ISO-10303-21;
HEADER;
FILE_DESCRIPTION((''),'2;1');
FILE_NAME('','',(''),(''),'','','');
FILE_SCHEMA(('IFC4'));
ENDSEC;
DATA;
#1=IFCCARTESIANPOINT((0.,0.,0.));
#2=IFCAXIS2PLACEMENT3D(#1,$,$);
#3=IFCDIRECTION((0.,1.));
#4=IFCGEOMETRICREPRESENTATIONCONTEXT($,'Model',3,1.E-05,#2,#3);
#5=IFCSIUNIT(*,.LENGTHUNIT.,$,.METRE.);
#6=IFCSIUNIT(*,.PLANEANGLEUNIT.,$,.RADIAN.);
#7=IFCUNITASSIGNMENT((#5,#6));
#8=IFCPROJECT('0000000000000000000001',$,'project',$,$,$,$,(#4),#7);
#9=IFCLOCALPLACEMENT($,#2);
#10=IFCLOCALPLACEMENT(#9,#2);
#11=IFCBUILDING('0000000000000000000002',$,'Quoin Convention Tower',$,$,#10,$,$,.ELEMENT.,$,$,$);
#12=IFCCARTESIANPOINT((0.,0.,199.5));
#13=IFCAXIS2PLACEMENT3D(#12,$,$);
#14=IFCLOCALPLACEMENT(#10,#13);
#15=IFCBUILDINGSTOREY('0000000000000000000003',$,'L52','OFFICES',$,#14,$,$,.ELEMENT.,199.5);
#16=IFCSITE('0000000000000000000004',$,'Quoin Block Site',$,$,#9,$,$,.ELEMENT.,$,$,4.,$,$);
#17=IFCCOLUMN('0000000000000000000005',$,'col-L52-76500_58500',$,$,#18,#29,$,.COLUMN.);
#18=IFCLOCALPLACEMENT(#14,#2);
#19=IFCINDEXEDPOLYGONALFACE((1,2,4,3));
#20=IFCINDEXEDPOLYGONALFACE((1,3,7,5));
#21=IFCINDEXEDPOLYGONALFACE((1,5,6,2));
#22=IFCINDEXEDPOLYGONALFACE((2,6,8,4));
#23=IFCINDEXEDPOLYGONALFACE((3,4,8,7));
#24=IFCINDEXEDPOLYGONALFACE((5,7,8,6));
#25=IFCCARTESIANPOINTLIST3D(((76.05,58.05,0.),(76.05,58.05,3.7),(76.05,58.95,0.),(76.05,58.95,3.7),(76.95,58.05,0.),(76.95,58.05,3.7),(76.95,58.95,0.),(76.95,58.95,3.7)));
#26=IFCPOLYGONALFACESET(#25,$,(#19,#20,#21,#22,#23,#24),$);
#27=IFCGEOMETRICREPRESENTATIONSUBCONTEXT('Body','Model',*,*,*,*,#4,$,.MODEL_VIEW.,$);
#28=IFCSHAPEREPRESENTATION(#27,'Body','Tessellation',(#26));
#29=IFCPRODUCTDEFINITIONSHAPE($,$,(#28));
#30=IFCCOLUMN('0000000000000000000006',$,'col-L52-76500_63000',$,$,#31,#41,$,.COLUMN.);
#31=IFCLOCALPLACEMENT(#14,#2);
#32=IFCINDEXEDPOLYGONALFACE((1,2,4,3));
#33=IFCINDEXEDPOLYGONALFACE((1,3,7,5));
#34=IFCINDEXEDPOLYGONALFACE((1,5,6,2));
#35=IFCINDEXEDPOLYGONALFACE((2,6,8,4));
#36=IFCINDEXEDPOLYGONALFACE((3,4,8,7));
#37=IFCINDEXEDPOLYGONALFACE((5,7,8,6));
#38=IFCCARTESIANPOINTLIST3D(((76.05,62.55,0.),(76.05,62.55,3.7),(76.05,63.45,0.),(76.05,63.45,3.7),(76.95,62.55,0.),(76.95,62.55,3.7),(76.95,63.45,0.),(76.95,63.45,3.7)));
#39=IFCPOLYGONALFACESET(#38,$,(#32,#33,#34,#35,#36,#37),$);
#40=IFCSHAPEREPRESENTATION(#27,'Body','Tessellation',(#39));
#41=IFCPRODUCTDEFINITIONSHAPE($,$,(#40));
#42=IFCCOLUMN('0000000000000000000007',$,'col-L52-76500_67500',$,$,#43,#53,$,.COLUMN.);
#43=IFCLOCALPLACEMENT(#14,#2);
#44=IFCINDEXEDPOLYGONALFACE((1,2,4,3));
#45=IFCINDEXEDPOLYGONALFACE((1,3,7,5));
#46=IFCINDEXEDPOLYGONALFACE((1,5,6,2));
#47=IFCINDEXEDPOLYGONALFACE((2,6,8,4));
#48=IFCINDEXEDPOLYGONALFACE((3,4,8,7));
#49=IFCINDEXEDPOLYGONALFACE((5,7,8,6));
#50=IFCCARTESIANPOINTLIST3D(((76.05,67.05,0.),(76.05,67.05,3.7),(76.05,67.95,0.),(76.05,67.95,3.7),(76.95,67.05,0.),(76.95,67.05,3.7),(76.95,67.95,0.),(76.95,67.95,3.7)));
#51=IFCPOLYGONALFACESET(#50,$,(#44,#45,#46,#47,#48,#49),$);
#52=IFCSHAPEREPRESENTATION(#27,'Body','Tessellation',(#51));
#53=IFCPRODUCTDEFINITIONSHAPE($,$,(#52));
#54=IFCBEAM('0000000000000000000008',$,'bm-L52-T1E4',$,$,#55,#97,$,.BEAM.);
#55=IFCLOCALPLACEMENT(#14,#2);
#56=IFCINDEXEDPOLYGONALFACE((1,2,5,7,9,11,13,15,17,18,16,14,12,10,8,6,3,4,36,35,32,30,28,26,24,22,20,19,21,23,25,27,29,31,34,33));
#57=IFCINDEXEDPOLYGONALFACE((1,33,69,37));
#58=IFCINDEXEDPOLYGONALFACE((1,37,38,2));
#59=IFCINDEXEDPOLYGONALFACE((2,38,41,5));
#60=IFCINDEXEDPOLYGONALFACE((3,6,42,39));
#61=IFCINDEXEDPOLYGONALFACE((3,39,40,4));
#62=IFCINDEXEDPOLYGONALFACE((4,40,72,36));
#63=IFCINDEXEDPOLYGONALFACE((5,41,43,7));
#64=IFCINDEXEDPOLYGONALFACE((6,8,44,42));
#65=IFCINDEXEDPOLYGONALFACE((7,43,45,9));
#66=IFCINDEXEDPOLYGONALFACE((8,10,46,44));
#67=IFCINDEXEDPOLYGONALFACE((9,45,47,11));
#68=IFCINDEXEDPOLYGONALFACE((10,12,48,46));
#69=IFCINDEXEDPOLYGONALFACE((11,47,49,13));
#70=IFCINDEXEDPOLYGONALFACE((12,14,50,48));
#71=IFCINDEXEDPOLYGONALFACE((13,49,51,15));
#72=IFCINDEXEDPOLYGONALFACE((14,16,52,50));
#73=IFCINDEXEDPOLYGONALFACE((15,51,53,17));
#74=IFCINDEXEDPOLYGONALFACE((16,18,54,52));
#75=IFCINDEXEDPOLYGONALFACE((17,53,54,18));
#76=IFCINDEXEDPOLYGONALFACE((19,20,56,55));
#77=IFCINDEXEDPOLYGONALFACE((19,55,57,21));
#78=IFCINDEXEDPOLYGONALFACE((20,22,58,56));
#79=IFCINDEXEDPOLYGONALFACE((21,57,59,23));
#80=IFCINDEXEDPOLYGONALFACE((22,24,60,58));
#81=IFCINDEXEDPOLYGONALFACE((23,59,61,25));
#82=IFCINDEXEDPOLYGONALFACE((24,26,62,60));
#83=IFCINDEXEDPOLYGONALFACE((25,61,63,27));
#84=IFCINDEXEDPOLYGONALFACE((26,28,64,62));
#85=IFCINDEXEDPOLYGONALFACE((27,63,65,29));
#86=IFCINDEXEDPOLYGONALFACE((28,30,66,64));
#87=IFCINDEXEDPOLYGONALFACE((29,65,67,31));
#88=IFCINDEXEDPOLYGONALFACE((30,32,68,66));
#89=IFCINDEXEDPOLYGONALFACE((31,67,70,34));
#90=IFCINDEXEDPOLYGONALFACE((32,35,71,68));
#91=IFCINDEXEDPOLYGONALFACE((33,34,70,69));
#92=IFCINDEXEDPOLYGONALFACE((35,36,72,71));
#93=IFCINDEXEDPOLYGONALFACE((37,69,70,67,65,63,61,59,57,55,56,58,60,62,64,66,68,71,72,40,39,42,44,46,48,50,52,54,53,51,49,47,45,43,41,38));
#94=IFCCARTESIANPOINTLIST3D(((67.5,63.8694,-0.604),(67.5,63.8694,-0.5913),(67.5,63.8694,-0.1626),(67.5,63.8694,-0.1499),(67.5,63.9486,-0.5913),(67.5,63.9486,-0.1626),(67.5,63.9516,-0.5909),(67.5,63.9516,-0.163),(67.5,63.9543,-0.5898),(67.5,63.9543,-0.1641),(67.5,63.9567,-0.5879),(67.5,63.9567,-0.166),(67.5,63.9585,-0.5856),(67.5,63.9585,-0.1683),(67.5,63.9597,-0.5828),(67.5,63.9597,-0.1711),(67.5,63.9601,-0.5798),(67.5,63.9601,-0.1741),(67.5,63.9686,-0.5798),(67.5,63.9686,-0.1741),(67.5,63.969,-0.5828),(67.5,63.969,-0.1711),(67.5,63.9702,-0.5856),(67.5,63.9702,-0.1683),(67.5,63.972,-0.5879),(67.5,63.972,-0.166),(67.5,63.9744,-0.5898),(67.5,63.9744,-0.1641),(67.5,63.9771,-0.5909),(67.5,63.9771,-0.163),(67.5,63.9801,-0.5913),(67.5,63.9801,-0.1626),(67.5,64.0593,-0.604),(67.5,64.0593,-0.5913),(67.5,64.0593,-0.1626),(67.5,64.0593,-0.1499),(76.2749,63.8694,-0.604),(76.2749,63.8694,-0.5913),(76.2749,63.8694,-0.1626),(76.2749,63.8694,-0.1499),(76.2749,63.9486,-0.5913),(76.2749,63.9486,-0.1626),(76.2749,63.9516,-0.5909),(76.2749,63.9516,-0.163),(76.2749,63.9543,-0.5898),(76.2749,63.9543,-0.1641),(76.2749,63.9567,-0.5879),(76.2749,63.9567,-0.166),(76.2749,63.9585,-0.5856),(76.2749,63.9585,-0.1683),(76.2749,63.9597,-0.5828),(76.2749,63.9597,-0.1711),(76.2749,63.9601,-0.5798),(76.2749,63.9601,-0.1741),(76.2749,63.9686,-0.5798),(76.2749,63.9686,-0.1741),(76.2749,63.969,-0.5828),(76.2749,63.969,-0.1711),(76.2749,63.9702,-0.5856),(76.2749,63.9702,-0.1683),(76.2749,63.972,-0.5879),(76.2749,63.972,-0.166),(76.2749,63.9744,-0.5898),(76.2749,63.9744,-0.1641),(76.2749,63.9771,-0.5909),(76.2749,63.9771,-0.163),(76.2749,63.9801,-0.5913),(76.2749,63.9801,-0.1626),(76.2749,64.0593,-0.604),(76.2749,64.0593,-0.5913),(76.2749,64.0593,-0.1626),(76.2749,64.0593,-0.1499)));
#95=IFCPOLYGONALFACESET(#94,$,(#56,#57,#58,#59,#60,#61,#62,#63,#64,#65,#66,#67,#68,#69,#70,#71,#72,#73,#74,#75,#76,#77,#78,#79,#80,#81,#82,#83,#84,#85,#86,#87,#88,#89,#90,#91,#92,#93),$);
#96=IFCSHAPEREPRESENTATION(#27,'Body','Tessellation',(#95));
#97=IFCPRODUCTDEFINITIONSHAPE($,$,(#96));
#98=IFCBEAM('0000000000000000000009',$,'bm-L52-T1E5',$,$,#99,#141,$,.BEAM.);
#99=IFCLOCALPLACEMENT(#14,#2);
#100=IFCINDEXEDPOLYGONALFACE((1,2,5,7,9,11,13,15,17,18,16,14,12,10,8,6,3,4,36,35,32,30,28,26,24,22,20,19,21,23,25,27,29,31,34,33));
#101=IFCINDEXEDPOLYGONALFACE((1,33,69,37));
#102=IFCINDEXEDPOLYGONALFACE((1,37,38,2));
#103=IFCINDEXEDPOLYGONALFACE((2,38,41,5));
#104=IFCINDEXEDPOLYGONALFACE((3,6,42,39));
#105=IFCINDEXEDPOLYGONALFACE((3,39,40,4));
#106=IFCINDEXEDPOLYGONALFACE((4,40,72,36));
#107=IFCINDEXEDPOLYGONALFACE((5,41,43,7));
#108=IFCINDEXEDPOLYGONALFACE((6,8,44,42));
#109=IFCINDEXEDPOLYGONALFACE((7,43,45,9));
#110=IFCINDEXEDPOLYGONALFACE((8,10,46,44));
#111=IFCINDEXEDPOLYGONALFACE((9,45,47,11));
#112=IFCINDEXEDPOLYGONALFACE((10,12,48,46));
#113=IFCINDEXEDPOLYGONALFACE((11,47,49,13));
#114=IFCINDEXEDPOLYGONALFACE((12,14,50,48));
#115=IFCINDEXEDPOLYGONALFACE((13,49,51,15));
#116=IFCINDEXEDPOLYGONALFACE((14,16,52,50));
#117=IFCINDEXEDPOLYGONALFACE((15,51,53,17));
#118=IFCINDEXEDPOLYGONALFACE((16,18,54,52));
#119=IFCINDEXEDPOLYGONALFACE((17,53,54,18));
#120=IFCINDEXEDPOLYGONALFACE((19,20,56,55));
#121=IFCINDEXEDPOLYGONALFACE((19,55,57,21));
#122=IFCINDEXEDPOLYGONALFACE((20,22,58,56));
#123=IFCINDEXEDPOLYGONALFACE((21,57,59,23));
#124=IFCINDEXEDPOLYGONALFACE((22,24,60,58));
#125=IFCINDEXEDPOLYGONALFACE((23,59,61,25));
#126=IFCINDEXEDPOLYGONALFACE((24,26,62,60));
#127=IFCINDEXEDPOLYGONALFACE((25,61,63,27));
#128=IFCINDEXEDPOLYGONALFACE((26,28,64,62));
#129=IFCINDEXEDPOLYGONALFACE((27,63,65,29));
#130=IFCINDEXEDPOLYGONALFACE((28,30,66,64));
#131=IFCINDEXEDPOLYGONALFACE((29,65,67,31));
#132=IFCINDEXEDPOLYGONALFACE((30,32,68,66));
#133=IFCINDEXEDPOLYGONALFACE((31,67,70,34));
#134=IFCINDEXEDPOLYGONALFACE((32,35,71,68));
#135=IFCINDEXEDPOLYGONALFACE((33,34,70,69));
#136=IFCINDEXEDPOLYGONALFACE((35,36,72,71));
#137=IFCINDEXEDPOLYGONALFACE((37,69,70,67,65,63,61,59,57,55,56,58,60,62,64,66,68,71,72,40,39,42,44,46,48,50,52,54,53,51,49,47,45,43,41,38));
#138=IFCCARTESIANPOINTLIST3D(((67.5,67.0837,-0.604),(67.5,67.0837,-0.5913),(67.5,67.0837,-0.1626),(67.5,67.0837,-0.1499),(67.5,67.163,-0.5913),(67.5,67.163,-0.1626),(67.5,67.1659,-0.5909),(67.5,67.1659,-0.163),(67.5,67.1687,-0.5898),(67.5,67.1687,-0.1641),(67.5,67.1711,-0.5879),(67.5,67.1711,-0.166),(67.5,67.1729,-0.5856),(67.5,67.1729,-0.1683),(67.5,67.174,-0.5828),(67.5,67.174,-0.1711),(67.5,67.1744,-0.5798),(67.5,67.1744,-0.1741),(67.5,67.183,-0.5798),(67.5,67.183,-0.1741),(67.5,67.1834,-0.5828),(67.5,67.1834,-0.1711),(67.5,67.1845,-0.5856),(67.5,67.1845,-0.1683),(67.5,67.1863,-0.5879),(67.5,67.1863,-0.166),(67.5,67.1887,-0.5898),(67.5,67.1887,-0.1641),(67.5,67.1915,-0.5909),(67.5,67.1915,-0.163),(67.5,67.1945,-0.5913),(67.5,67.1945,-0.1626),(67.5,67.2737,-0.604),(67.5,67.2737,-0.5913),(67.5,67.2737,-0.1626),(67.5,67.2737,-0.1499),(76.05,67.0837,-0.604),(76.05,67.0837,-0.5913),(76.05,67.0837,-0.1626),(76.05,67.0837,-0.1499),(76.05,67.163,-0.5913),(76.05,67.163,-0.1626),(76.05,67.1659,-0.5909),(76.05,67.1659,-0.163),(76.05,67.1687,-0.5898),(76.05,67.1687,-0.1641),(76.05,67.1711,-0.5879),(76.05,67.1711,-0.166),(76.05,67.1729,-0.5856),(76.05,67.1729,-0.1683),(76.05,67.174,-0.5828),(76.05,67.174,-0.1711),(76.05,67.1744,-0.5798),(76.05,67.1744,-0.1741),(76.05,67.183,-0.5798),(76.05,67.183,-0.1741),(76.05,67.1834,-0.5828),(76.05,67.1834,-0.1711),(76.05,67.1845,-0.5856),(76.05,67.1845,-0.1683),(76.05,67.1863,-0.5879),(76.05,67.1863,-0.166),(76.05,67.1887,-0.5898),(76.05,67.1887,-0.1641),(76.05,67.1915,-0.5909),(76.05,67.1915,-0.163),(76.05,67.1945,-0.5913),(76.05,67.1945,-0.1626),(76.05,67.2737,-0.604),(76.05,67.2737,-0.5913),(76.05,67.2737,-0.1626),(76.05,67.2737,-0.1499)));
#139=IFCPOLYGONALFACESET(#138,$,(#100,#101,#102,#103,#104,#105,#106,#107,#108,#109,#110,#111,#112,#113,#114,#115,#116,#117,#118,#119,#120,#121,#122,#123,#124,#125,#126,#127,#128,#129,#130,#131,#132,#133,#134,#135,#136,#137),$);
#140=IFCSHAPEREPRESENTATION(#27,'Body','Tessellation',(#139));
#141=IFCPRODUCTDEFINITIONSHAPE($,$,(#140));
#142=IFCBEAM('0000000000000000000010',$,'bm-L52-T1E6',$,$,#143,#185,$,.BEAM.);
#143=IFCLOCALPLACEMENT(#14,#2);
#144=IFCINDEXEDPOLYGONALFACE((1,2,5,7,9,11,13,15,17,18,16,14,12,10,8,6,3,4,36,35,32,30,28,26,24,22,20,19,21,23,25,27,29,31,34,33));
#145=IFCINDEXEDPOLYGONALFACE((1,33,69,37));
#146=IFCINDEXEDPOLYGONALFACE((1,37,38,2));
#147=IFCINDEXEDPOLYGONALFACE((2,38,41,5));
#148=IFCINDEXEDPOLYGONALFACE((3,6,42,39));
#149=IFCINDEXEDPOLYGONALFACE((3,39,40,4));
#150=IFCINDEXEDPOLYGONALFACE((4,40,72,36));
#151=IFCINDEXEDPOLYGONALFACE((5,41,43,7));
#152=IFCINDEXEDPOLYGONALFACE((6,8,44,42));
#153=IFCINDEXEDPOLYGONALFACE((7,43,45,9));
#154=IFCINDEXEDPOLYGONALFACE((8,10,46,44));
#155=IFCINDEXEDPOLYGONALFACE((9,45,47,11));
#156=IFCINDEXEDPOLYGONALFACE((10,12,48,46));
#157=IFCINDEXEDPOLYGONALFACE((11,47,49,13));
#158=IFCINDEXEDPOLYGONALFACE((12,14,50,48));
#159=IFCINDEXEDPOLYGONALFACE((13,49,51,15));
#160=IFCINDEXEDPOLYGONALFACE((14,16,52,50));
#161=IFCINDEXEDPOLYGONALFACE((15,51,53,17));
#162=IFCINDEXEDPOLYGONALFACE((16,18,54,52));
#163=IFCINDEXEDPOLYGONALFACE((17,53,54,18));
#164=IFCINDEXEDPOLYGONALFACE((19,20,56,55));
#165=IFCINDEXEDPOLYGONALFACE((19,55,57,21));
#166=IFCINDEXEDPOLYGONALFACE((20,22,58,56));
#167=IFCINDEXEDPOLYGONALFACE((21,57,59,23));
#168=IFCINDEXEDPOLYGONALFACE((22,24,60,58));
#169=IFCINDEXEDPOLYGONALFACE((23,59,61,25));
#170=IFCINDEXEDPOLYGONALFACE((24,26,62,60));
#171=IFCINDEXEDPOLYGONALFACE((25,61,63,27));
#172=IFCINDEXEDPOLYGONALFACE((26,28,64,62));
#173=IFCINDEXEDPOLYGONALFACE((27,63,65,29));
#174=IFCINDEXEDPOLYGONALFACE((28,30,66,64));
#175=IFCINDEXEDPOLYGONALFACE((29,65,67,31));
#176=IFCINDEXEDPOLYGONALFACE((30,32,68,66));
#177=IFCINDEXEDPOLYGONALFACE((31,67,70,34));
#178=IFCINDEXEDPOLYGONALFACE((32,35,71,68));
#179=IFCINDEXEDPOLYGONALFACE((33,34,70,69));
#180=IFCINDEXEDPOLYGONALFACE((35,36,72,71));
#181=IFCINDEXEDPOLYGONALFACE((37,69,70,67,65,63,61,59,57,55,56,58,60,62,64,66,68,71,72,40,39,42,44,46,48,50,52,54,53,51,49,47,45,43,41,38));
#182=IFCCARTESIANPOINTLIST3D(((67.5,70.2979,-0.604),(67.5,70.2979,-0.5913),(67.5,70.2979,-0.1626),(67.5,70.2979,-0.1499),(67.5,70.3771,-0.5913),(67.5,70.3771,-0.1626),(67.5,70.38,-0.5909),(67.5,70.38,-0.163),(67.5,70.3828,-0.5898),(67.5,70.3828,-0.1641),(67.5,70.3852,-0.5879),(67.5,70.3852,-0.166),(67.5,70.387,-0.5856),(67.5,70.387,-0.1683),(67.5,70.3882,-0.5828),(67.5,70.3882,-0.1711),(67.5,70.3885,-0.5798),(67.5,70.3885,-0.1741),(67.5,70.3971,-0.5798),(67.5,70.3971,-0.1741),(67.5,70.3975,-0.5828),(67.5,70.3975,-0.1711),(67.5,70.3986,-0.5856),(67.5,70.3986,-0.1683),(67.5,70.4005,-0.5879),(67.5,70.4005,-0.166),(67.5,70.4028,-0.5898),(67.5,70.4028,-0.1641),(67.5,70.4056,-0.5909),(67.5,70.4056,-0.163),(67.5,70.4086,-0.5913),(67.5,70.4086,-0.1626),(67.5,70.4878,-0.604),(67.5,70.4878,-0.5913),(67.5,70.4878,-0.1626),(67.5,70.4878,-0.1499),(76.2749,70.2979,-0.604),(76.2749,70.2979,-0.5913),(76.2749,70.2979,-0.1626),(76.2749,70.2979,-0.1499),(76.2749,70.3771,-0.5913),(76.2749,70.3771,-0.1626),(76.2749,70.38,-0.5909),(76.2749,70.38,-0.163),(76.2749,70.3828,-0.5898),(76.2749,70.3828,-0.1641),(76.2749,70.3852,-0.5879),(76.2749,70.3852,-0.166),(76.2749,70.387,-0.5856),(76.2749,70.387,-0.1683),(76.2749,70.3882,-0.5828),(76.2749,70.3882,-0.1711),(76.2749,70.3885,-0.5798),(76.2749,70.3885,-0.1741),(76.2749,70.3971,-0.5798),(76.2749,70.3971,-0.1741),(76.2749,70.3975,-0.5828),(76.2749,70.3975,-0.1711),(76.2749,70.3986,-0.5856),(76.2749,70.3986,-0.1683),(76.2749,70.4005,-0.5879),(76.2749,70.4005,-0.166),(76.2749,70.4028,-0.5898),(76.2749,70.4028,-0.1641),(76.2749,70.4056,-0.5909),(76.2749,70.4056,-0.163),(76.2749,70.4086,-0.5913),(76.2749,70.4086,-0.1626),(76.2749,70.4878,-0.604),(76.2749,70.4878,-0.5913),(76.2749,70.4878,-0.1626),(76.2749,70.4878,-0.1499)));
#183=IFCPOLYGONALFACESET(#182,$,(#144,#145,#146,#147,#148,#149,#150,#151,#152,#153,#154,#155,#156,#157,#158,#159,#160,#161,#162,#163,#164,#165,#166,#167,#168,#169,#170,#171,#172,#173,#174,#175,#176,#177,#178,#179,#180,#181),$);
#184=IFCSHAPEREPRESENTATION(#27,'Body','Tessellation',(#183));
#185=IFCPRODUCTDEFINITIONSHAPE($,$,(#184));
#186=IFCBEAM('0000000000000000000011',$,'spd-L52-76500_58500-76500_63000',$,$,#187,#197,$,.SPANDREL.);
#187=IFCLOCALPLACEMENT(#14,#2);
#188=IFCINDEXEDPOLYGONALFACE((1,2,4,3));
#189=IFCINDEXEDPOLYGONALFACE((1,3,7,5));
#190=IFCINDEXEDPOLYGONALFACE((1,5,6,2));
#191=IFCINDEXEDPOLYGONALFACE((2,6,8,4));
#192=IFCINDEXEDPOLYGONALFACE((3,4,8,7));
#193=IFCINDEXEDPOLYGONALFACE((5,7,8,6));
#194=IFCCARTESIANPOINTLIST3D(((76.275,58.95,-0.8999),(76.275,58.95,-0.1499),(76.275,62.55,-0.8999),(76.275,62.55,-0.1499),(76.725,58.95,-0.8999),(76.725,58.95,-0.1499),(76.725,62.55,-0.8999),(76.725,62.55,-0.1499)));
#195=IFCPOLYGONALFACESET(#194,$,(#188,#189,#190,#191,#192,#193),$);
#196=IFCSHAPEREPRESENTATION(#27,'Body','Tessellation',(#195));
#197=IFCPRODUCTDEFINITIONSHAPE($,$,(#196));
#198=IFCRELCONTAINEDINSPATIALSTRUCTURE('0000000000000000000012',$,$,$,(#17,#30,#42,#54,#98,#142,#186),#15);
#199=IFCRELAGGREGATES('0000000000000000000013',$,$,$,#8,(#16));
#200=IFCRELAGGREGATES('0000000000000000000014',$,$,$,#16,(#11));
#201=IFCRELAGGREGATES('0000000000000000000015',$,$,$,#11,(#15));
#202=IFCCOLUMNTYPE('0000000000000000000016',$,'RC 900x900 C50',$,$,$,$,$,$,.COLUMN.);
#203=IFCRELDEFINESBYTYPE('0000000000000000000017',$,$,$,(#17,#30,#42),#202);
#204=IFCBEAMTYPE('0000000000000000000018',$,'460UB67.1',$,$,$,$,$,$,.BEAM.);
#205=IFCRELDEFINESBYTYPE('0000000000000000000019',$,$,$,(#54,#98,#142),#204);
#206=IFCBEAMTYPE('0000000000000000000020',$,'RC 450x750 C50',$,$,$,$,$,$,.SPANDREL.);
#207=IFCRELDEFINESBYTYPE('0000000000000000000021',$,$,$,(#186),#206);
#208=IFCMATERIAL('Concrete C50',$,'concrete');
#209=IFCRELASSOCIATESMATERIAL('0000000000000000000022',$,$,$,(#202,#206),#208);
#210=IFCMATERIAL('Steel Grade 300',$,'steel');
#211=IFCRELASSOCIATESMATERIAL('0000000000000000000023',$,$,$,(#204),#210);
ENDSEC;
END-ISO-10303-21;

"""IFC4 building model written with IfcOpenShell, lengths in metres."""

from ifc_helpers import new_model, si_unit, direction, frame, origin, origin_2d, place, context, subcontext, project, spatial, rectangle, i_section, extrude, material, material_profile, profile_set, type_object, element, save


model = new_model("IFC4")

# Units and contexts
model_context = context("Model", 3, precision=1e-05, world=origin(), true_north=direction((0.0, 1.0)))
body_context = subcontext(model_context, "Body", "Model", "MODEL_VIEW")
ifc_project = project(units=[si_unit("LENGTHUNIT", "METRE"), si_unit("PLANEANGLEUNIT", "RADIAN")], contexts=[model_context])

# Site, building, storey
site_placement = place(None, origin())
site = spatial("IfcSite", under=ifc_project, at=site_placement, Name="Quoin Block Site", CompositionType="ELEMENT", RefElevation=4.0)
building_placement = place(site_placement, origin())
building = spatial("IfcBuilding", under=site, at=building_placement, Name="Quoin Convention Tower", CompositionType="ELEMENT")
storey_placement = place(building_placement, frame((0.0, 0.0, 199.5)))
storey = spatial("IfcBuildingStorey", under=building, at=storey_placement, Name="L52", Description="OFFICES", CompositionType="ELEMENT", Elevation=199.5)

# Columns
ifc_material_1 = material(Name="Concrete C50", Category="concrete")
ifc_material_profile_1 = material_profile(ifc_material_1, rectangle(XDim=0.8999, YDim=0.8999, at=origin_2d()), Name="RC 900x900")
ifc_profile_set_1 = profile_set([ifc_material_profile_1], Name="Concrete C50")
column_type = type_object("IfcColumnType", Name="RC 900x900 C50", PredefinedType="COLUMN", material=ifc_profile_set_1)
for number, where, z_axis, x_axis, name in (
    (1, (76.5, 58.5, 0.0), (0.0, 0.0, 1.0), (1.0, 0.0, 0.0), "col-L52-76500_58500"),
    (2, (76.5, 63.0, 0.0), (0.0, 0.0, 1.0), (1.0, 0.0, 0.0), "col-L52-76500_63000"),
    (3, (76.5, 67.5, 0.0), (0.0, 0.0, 1.0), (1.0, 0.0, 0.0), "col-L52-76500_67500"),
):
    element("IfcColumn", number, at=place(storey_placement, frame(where, z_axis=z_axis, x_axis=x_axis)), inside=storey, type_object=column_type, Name=name, PredefinedType="COLUMN", context=body_context, shape_type="SweptSolid", body=[
        extrude(rectangle(XDim=0.8999, YDim=0.8999, at=origin_2d()), origin(), (0.0, 0.0, 1.0), 3.7),
    ])

# Beams
ifc_material_2 = material(Name="Steel Grade 300", Category="steel")
ifc_material_profile_2 = material_profile(ifc_material_2, i_section(OverallWidth=0.1899, OverallDepth=0.4541, WebThickness=0.0085, FlangeThickness=0.0127, FilletRadius=0.0115, at=origin_2d()), Name="460UB67.1")
ifc_profile_set_2 = profile_set([ifc_material_profile_2], Name="Steel Grade 300")
beam_type_1 = type_object("IfcBeamType", Name="460UB67.1", PredefinedType="BEAM", material=ifc_profile_set_2)
beam_1_placement = place(storey_placement, frame((67.5, 63.9644, -0.377), z_axis=(1.0, 0.0, 0.0), x_axis=(0.0, 1.0, 0.0)))
element("IfcBeam", 4, at=beam_1_placement, inside=storey, type_object=beam_type_1, Name="bm-L52-T1E4", PredefinedType="BEAM", context=body_context, shape_type="SweptSolid", body=[
    extrude(i_section(OverallWidth=0.1899, OverallDepth=0.4541, WebThickness=0.0085, FlangeThickness=0.0127, FilletRadius=0.0115, at=origin_2d()), origin(), (0.0, 0.0, 1.0), 8.7749),
])
beam_2_placement = place(storey_placement, frame((67.5, 67.1787, -0.377), z_axis=(1.0, 0.0, 0.0), x_axis=(0.0, 1.0, 0.0)))
element("IfcBeam", 5, at=beam_2_placement, inside=storey, type_object=beam_type_1, Name="bm-L52-T1E5", PredefinedType="BEAM", context=body_context, shape_type="SweptSolid", body=[
    extrude(i_section(OverallWidth=0.1899, OverallDepth=0.4541, WebThickness=0.0085, FlangeThickness=0.0127, FilletRadius=0.0115, at=origin_2d()), origin(), (0.0, 0.0, 1.0), 8.55),
])
beam_3_placement = place(storey_placement, frame((67.5, 70.3928, -0.377), z_axis=(1.0, 0.0, 0.0), x_axis=(0.0, 1.0, 0.0)))
element("IfcBeam", 6, at=beam_3_placement, inside=storey, type_object=beam_type_1, Name="bm-L52-T1E6", PredefinedType="BEAM", context=body_context, shape_type="SweptSolid", body=[
    extrude(i_section(OverallWidth=0.1899, OverallDepth=0.4541, WebThickness=0.0085, FlangeThickness=0.0127, FilletRadius=0.0115, at=origin_2d()), origin(), (0.0, 0.0, 1.0), 8.7749),
])
ifc_material_profile_3 = material_profile(ifc_material_1, rectangle(XDim=0.45, YDim=0.75, at=origin_2d()), Name="RC 450x750")
ifc_profile_set_3 = profile_set([ifc_material_profile_3], Name="Concrete C50")
beam_type_2 = type_object("IfcBeamType", Name="RC 450x750 C50", PredefinedType="SPANDREL", material=ifc_profile_set_3)
for number, where, z_axis, x_axis, name in (
    (7, (76.5, 58.95, -0.5249), (0.0, 1.0, 0.0), (-1.0, 0.0, 0.0), "spd-L52-76500_58500-76500_63000"),
):
    element("IfcBeam", number, at=place(storey_placement, frame(where, z_axis=z_axis, x_axis=x_axis)), inside=storey, type_object=beam_type_2, Name=name, PredefinedType="SPANDREL", context=body_context, shape_type="SweptSolid", body=[
        extrude(rectangle(XDim=0.45, YDim=0.75, at=origin_2d()), origin(), (0.0, 0.0, 1.0), 3.6001),
    ])

save(model, "model.ifc")
